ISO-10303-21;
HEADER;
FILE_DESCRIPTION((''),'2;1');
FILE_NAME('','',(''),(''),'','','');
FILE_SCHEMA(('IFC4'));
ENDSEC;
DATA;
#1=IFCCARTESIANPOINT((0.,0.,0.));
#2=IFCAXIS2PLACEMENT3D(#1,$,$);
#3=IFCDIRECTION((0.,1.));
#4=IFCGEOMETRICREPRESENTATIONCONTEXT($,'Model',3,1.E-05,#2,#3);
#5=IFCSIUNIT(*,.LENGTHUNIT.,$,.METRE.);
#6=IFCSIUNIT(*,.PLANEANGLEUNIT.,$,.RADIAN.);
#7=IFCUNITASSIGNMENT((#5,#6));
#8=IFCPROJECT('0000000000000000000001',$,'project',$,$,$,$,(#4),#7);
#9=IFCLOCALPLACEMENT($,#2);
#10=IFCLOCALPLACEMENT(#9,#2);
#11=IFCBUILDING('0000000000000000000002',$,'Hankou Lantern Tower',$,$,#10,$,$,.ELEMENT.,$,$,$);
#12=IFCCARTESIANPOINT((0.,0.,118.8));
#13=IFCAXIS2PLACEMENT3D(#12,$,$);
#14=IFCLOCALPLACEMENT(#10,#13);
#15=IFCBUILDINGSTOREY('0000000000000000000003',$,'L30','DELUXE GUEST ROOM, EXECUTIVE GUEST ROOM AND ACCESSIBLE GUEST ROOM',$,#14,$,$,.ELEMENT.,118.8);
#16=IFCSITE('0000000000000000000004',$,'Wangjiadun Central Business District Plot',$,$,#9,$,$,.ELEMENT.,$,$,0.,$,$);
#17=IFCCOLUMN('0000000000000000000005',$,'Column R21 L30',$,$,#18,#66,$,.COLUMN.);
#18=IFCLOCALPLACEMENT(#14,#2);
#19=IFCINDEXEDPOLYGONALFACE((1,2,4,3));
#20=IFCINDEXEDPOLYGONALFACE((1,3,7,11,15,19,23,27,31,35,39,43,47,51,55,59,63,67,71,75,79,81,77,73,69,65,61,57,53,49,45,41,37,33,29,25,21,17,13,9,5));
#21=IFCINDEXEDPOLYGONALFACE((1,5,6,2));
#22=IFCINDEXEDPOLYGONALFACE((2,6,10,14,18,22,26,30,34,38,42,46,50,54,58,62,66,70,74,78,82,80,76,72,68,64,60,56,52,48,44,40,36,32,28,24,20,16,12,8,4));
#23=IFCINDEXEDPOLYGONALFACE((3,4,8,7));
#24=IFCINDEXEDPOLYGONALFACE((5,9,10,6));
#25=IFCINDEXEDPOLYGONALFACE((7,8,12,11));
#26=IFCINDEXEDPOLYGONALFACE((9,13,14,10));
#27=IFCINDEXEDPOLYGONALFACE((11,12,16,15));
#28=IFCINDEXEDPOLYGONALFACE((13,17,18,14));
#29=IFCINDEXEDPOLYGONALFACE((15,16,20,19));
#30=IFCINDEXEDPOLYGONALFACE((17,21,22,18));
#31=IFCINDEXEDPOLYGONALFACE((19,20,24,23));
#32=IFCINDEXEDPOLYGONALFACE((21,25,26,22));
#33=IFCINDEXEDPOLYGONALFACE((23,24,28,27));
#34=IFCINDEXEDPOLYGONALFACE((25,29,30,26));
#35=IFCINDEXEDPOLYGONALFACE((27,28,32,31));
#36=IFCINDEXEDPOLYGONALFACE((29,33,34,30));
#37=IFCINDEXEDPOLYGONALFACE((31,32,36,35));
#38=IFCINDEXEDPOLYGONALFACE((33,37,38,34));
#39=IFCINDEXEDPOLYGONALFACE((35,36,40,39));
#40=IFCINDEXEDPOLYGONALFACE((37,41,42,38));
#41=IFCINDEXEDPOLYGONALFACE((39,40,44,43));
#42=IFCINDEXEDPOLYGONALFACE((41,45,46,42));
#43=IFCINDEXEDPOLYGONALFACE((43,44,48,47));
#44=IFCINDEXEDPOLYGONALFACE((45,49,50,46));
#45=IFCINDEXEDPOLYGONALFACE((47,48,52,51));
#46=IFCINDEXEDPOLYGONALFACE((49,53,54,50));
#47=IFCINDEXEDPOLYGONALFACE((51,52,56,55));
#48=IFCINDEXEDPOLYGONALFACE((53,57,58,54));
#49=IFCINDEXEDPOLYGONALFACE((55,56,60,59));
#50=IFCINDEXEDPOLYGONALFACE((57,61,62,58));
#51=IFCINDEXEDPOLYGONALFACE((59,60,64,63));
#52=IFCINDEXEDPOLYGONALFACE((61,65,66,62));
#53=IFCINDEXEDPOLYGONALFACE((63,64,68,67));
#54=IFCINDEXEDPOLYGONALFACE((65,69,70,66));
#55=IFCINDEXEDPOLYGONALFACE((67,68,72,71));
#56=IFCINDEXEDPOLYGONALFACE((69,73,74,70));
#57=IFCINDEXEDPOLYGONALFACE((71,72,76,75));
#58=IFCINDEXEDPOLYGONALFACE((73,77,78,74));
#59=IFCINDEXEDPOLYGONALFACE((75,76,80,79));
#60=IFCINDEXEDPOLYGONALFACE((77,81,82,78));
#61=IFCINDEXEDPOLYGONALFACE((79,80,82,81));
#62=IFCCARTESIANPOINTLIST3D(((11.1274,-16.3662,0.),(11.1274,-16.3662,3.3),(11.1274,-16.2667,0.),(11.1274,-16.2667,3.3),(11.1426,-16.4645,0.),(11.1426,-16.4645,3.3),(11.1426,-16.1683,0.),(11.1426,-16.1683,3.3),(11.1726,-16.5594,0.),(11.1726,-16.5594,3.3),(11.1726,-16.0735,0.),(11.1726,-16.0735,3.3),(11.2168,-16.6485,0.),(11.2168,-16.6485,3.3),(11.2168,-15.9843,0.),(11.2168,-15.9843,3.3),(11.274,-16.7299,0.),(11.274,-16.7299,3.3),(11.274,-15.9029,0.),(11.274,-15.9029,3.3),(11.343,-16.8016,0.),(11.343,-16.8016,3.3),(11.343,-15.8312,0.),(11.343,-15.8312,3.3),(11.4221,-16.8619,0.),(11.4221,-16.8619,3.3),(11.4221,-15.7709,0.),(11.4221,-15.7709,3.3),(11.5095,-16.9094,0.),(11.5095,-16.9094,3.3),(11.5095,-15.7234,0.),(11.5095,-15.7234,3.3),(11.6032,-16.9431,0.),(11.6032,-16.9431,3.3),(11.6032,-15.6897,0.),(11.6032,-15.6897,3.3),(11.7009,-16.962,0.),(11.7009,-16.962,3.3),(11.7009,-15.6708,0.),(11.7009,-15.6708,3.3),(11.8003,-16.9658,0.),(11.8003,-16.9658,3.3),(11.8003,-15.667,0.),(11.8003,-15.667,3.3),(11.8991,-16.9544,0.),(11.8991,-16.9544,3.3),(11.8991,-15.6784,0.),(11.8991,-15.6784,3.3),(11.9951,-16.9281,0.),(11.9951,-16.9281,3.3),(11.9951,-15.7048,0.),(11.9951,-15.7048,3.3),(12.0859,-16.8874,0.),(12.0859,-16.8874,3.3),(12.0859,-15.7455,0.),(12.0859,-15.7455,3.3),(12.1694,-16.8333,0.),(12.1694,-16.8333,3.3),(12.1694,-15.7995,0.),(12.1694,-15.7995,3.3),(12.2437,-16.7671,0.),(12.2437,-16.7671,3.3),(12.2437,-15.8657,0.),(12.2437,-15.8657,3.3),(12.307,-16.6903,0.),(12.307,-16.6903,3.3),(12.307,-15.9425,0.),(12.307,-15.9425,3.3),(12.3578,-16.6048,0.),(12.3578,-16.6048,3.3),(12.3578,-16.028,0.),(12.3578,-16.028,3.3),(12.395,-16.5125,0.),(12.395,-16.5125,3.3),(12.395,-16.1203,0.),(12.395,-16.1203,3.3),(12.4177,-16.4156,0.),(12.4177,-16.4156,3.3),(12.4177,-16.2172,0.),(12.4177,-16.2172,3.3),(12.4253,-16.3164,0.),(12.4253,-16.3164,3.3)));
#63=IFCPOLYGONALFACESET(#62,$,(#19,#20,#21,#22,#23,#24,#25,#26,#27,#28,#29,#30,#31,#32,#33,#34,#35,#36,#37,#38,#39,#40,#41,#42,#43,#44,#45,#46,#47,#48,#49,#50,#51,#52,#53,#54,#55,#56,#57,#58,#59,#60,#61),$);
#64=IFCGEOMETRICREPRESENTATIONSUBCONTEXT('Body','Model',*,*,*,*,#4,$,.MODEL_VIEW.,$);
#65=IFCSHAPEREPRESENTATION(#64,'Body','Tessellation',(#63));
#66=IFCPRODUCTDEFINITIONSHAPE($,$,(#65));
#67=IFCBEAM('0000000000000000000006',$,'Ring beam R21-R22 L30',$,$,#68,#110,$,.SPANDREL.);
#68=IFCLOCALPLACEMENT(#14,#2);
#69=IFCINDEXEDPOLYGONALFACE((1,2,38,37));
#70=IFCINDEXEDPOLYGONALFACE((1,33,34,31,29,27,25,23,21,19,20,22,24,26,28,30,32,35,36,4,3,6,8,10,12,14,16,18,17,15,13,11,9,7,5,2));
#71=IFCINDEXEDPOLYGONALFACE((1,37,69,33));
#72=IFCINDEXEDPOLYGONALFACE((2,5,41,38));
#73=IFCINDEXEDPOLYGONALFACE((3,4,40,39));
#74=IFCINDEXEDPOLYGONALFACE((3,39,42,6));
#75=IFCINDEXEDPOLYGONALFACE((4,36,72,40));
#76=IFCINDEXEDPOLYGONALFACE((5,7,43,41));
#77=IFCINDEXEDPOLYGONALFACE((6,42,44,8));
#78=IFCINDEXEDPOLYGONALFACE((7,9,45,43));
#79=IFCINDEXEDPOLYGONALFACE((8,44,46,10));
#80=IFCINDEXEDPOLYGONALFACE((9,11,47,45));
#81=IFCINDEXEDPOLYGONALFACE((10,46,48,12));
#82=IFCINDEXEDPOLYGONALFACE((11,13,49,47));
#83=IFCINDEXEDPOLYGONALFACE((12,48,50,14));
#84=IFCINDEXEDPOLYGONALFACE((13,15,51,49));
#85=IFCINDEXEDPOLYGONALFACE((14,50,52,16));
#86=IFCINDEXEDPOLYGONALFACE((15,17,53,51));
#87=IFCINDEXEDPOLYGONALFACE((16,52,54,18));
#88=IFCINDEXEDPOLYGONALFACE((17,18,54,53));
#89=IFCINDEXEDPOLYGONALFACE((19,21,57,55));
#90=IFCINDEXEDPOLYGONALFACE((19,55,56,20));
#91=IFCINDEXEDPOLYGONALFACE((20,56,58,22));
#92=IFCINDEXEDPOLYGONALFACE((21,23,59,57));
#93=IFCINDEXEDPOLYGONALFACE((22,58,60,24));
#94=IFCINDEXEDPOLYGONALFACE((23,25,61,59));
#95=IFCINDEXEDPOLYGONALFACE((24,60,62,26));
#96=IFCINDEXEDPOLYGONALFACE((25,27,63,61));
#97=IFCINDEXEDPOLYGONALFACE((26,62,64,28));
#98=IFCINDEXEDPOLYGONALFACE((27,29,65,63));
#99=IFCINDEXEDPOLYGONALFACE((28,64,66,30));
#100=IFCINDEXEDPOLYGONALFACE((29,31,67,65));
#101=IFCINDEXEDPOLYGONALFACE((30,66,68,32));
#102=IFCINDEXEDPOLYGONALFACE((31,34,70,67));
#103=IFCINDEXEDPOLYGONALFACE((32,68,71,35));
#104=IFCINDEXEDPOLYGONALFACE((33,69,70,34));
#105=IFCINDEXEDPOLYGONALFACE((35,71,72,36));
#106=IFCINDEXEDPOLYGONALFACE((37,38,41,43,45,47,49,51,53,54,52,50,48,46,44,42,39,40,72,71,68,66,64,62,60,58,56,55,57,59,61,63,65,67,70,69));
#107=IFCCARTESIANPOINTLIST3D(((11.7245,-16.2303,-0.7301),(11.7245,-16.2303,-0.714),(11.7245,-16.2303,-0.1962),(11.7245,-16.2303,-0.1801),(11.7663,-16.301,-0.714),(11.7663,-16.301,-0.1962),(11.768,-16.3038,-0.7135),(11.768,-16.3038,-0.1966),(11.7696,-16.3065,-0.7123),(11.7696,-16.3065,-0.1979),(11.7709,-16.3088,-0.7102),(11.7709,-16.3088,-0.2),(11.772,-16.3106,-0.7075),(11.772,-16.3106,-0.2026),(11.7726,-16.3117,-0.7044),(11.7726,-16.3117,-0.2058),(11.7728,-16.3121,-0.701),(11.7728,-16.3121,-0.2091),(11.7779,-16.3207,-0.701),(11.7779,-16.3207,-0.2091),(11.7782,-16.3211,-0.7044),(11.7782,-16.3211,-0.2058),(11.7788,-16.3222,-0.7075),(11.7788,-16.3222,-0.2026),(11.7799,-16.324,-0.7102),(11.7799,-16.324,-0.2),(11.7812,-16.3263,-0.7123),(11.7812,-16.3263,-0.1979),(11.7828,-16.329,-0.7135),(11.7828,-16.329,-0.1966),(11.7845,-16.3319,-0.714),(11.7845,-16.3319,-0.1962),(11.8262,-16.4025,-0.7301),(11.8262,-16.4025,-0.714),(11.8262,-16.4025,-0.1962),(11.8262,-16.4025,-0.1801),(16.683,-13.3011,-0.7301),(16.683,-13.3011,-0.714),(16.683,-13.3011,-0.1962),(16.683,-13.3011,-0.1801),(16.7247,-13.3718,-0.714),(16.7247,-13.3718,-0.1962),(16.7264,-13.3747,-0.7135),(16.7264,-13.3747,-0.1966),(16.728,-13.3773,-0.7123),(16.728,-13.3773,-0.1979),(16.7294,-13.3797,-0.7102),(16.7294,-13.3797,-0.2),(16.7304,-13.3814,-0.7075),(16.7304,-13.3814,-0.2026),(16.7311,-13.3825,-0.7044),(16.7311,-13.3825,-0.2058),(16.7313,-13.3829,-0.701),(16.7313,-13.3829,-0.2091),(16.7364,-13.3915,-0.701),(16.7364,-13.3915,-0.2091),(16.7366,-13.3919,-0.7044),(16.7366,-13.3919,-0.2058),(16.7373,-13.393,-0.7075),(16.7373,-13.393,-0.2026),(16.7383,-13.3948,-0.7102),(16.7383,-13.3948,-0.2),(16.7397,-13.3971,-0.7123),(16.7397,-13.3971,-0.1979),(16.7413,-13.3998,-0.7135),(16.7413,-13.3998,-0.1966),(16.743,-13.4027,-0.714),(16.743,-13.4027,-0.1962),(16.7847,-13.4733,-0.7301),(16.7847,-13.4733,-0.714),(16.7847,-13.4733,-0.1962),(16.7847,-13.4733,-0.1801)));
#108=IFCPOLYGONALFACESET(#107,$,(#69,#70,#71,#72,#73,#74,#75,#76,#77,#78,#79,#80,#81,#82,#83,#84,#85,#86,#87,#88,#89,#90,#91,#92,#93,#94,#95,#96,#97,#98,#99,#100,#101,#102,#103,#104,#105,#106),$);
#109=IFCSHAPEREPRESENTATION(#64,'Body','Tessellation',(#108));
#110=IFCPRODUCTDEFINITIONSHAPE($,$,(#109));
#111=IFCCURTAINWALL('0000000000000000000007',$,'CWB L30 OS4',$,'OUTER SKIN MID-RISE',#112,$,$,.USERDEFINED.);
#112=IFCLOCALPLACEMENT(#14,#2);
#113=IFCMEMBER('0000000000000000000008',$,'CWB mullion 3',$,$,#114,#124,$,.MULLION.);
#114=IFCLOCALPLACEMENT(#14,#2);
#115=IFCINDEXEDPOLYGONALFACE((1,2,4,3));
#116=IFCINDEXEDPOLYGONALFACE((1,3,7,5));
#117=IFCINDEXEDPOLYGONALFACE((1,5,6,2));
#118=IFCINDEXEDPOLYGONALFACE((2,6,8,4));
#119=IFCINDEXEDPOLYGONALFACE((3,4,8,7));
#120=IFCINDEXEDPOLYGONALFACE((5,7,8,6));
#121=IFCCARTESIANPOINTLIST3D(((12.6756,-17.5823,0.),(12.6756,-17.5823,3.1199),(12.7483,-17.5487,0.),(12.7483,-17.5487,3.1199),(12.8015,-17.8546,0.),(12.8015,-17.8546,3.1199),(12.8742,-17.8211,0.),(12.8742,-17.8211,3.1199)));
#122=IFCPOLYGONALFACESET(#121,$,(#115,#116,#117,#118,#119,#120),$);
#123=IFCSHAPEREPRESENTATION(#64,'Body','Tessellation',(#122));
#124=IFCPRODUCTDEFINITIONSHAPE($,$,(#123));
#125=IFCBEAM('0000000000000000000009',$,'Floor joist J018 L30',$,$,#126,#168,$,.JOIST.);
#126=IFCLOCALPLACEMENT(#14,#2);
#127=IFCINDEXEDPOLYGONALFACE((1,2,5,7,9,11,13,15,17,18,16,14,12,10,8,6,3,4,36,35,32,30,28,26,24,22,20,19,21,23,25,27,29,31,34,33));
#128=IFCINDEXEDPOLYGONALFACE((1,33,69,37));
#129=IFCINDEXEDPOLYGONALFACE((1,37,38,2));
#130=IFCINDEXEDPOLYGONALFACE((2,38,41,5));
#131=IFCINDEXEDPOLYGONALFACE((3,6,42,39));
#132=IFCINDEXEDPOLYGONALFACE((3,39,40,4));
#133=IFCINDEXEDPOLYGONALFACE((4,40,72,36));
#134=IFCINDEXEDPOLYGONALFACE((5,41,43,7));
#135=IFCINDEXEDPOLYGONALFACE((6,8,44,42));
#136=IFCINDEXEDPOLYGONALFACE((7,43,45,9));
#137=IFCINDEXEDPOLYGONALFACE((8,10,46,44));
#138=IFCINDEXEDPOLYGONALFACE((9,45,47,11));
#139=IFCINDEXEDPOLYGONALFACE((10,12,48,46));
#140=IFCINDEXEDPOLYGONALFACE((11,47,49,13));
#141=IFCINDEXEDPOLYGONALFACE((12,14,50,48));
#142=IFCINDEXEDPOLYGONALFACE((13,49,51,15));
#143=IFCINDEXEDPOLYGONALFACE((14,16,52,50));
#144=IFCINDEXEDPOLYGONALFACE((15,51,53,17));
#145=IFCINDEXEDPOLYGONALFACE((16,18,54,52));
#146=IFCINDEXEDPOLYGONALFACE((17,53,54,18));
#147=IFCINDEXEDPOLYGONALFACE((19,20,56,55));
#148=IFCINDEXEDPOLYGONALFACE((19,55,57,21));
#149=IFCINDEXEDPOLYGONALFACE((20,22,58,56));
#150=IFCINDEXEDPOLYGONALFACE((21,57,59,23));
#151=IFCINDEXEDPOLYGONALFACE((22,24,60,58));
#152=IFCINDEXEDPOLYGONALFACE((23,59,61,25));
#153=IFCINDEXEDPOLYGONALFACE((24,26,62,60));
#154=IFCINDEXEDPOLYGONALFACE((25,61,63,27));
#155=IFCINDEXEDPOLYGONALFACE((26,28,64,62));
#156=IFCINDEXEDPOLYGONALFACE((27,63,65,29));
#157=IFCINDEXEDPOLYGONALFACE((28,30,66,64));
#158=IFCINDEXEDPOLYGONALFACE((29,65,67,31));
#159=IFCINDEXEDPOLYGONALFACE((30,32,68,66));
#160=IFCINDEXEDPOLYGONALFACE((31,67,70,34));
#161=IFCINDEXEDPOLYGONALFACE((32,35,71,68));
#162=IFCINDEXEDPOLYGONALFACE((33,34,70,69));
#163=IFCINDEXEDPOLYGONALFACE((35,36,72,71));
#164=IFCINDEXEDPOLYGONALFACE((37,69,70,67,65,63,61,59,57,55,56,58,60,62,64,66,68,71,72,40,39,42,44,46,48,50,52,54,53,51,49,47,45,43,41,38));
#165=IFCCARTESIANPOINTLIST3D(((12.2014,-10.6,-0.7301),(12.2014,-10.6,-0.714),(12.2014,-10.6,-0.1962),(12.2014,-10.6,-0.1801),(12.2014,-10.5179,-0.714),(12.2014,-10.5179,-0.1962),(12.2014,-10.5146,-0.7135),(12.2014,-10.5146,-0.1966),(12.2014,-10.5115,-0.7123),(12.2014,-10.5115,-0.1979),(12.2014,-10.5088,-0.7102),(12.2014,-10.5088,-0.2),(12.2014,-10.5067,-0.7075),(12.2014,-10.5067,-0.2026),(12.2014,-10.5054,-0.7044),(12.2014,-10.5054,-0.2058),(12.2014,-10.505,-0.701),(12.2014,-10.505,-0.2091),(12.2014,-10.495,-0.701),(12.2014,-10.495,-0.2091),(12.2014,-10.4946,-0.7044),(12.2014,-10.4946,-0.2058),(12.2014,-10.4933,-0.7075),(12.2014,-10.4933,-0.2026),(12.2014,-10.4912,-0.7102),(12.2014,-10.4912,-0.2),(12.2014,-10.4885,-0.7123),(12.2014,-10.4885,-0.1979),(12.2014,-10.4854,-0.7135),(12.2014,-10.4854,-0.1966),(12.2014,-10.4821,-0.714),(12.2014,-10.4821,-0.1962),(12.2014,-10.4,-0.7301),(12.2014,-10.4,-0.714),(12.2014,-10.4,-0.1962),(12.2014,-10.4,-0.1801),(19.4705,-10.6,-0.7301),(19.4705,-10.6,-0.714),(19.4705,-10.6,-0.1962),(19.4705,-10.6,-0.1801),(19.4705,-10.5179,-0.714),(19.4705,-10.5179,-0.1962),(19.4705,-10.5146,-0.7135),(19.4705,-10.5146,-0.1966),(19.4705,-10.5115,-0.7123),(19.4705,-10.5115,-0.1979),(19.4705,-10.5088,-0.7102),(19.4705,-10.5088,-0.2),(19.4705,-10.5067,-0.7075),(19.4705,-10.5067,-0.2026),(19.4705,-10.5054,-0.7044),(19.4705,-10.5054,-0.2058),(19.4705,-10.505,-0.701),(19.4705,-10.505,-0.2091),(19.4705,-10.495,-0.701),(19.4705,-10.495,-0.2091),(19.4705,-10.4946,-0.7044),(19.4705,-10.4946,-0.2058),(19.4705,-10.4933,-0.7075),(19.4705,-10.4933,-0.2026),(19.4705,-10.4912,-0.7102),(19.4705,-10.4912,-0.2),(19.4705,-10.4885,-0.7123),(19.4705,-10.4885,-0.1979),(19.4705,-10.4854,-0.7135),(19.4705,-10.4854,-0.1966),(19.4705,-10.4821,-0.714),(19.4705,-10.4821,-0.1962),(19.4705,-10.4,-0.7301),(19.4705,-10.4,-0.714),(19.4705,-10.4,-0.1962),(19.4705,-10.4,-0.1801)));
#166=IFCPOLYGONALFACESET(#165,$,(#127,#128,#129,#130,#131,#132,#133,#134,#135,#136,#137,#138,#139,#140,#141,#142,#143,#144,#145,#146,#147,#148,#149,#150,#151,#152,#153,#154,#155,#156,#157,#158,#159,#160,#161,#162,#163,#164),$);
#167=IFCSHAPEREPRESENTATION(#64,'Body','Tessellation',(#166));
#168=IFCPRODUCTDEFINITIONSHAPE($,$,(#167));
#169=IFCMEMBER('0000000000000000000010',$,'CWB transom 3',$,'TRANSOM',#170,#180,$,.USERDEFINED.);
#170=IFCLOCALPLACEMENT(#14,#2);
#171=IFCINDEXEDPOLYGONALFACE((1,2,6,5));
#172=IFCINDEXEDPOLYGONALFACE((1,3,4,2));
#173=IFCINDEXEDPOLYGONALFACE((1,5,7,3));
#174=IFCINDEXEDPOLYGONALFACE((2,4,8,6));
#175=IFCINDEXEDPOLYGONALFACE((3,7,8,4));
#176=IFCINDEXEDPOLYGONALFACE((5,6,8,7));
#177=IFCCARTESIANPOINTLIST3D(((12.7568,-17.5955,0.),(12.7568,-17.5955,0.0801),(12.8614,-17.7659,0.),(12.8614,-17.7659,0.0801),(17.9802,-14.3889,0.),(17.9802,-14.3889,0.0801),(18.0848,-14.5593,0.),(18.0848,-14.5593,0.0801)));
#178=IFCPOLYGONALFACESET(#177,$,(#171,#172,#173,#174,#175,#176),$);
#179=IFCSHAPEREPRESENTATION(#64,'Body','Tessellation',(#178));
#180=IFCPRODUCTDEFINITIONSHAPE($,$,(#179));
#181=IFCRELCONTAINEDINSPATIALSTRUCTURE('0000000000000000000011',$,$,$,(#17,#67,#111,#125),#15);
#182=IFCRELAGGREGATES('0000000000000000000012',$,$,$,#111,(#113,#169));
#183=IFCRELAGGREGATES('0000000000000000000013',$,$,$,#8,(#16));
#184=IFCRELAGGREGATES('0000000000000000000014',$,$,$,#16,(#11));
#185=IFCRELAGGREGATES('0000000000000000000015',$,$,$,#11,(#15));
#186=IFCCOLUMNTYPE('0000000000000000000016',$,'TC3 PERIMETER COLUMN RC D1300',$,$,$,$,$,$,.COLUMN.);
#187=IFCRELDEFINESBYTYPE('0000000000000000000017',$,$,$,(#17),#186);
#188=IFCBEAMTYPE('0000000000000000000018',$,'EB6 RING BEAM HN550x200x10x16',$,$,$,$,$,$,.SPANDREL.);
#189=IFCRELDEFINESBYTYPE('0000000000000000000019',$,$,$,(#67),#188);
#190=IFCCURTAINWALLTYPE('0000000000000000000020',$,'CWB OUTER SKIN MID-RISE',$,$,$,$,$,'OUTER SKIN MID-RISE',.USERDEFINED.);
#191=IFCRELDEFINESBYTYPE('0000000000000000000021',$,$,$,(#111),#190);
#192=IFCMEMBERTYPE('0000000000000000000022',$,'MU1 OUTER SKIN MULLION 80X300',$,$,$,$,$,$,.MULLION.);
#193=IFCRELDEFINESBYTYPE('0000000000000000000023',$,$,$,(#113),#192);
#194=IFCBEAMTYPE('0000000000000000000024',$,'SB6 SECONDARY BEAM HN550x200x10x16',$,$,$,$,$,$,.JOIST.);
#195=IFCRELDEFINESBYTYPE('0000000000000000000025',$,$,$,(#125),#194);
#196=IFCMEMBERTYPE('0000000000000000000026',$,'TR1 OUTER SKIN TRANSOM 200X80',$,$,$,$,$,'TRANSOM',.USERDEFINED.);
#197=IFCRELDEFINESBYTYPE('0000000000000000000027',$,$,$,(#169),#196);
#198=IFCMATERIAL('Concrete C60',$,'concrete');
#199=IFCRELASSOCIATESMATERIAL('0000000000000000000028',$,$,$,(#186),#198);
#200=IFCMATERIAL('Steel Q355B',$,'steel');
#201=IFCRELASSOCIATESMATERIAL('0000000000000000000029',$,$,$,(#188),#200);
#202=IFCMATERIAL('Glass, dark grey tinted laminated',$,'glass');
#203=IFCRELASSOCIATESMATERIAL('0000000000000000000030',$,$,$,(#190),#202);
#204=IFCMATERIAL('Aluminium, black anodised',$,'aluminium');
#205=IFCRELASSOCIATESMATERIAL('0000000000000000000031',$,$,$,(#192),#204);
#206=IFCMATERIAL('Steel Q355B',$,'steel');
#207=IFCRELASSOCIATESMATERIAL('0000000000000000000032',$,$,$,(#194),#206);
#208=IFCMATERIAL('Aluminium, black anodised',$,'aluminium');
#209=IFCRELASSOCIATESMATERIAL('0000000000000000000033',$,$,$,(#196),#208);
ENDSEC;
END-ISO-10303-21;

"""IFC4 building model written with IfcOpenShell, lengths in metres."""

from ifc_helpers import new_model, si_unit, direction, frame, origin, origin_2d, place, context, subcontext, project, spatial, rectangle, circle, i_section, extrude, material, material_profile, profile_set, type_object, element, aggregate, save


model = new_model("IFC4")

# Units and contexts
model_context = context("Model", 3, precision=1e-05, world=origin(), true_north=direction((0.0, 1.0)))
body_context = subcontext(model_context, "Body", "Model", "MODEL_VIEW")
ifc_project = project(units=[si_unit("LENGTHUNIT", "METRE"), si_unit("PLANEANGLEUNIT", "RADIAN")], contexts=[model_context])

# Site, building, storey
site_placement = place(None, origin())
site = spatial("IfcSite", under=ifc_project, at=site_placement, Name="Wangjiadun Central Business District Plot", CompositionType="ELEMENT", RefElevation=0.0)
building_placement = place(site_placement, origin())
building = spatial("IfcBuilding", under=site, at=building_placement, Name="Hankou Lantern Tower", CompositionType="ELEMENT")
storey_placement = place(building_placement, frame((0.0, 0.0, 118.8)))
storey = spatial("IfcBuildingStorey", under=building, at=storey_placement, Name="L30", Description="DELUXE GUEST ROOM, EXECUTIVE GUEST ROOM AND ACCESSIBLE GUEST ROOM", CompositionType="ELEMENT", Elevation=118.8)

# Column
ifc_material_1 = material(Name="Concrete C60", Category="concrete")
ifc_material_profile_1 = material_profile(ifc_material_1, circle(Radius=0.6499, at=origin_2d()), Name="RC D1300")
ifc_profile_set_1 = profile_set([ifc_material_profile_1], Name="Concrete C60")
column_type = type_object("IfcColumnType", Name="TC3 PERIMETER COLUMN RC D1300", PredefinedType="COLUMN", material=ifc_profile_set_1)
column_placement = place(storey_placement, frame((11.7754, -16.3164, 0.0), z_axis=(0.0, 0.0, 1.0), x_axis=(1.0, 0.0, 0.0)))
element("IfcColumn", 1, at=column_placement, inside=storey, type_object=column_type, Name="Column R21 L30", PredefinedType="COLUMN", context=body_context, shape_type="SweptSolid", body=[
    extrude(circle(Radius=0.6499, at=origin_2d()), origin(), (0.0, 0.0, 1.0), 3.3),
])

# Beam
ifc_material_2 = material(Name="Steel Q355B", Category="steel")
ifc_material_profile_2 = material_profile(ifc_material_2, i_section(OverallWidth=0.2, OverallDepth=0.55, WebThickness=0.01, FlangeThickness=0.0161, FilletRadius=0.0129, at=origin_2d()), Name="HN550x200x10x16")
ifc_profile_set_2 = profile_set([ifc_material_profile_2], Name="Steel Q355B")
beam_type_1 = type_object("IfcBeamType", Name="EB6 RING BEAM HN550x200x10x16", PredefinedType="SPANDREL", material=ifc_profile_set_2)
beam_1_placement = place(storey_placement, frame((11.7754, -16.3164, -0.4551), z_axis=(0.860989, 0.508624, 0.0), x_axis=(-0.508624, 0.860989, 0.0)))
element("IfcBeam", 2, at=beam_1_placement, inside=storey, type_object=beam_type_1, Name="Ring beam R21-R22 L30", PredefinedType="SPANDREL", context=body_context, shape_type="SweptSolid", body=[
    extrude(i_section(OverallWidth=0.2, OverallDepth=0.55, WebThickness=0.01, FlangeThickness=0.0161, FilletRadius=0.0129, at=origin_2d()), origin(), (0.0, 0.0, 1.0), 5.759),
])

# Curtain wall, member
ifc_material_3 = material(Name="Glass, dark grey tinted laminated", Category="glass")
curtain_wall_type = type_object("IfcCurtainWallType", Name="CWB OUTER SKIN MID-RISE", ElementType="OUTER SKIN MID-RISE", PredefinedType="USERDEFINED", material=ifc_material_3)
curtain_wall_placement = place(storey_placement, origin())
curtain_wall = element("IfcCurtainWall", 3, at=curtain_wall_placement, inside=storey, type_object=curtain_wall_type, Name="CWB L30 OS4", ObjectType="OUTER SKIN MID-RISE", PredefinedType="USERDEFINED")
ifc_material_4 = material(Name="Aluminium, black anodised", Category="aluminium")
ifc_material_profile_3 = material_profile(ifc_material_4, rectangle(XDim=0.0801, YDim=0.3, at=origin_2d()), Name="MU1 80X300")
ifc_profile_set_3 = profile_set([ifc_material_profile_3], Name="Aluminium, black anodised")
member_type_1 = type_object("IfcMemberType", Name="MU1 OUTER SKIN MULLION 80X300", PredefinedType="MULLION", material=ifc_profile_set_3)
member_1_placement = place(storey_placement, frame((12.7749, -17.7017, 0.0), z_axis=(0.0, 0.0, 1.0), x_axis=(0.907841, 0.419314, 0.0)))
member_1 = element("IfcMember", 4, at=member_1_placement, type_object=member_type_1, Name="CWB mullion 3", PredefinedType="MULLION", context=body_context, shape_type="SweptSolid", body=[
    extrude(rectangle(XDim=0.0801, YDim=0.3, at=origin_2d()), origin(), (0.0, 0.0, 1.0), 3.1199),
])

# Beam
ifc_material_5 = material(Name="Steel Q355B", Category="steel")
ifc_material_profile_4 = material_profile(ifc_material_5, i_section(OverallWidth=0.2, OverallDepth=0.55, WebThickness=0.01, FlangeThickness=0.0161, FilletRadius=0.0129, at=origin_2d()), Name="HN550x200x10x16")
ifc_profile_set_4 = profile_set([ifc_material_profile_4], Name="Steel Q355B")
beam_type_2 = type_object("IfcBeamType", Name="SB6 SECONDARY BEAM HN550x200x10x16", PredefinedType="JOIST", material=ifc_profile_set_4)
beam_2_placement = place(storey_placement, frame((12.2014, -10.5, -0.4551), z_axis=(1.0, 0.0, 0.0), x_axis=(0.0, 1.0, 0.0)))
element("IfcBeam", 5, at=beam_2_placement, inside=storey, type_object=beam_type_2, Name="Floor joist J018 L30", PredefinedType="JOIST", context=body_context, shape_type="SweptSolid", body=[
    extrude(i_section(OverallWidth=0.2, OverallDepth=0.55, WebThickness=0.01, FlangeThickness=0.0161, FilletRadius=0.0129, at=origin_2d()), origin(), (0.0, 0.0, 1.0), 7.269),
])

# Member
ifc_material_6 = material(Name="Aluminium, black anodised", Category="aluminium")
ifc_material_profile_5 = material_profile(ifc_material_6, rectangle(XDim=0.2, YDim=0.0801, at=origin_2d()), Name="TR1 200X80")
ifc_profile_set_5 = profile_set([ifc_material_profile_5], Name="Aluminium, black anodised")
member_type_2 = type_object("IfcMemberType", Name="TR1 OUTER SKIN TRANSOM 200X80", ElementType="TRANSOM", PredefinedType="USERDEFINED", material=ifc_profile_set_5)
member_2_placement = place(storey_placement, frame((12.8091, -17.6807, 0.04), z_axis=(0.852229, 0.523168, 0.0), x_axis=(-0.523168, 0.852229, 0.0)))
member_2 = element("IfcMember", 6, at=member_2_placement, type_object=member_type_2, Name="CWB transom 3", ObjectType="TRANSOM", PredefinedType="USERDEFINED", context=body_context, shape_type="SweptSolid", body=[
    extrude(rectangle(XDim=0.2, YDim=0.0801, at=origin_2d()), origin(), (0.0, 0.0, 1.0), 6.1292),
])

aggregate(curtain_wall, [member_1, member_2])

save(model, "model.ifc")
